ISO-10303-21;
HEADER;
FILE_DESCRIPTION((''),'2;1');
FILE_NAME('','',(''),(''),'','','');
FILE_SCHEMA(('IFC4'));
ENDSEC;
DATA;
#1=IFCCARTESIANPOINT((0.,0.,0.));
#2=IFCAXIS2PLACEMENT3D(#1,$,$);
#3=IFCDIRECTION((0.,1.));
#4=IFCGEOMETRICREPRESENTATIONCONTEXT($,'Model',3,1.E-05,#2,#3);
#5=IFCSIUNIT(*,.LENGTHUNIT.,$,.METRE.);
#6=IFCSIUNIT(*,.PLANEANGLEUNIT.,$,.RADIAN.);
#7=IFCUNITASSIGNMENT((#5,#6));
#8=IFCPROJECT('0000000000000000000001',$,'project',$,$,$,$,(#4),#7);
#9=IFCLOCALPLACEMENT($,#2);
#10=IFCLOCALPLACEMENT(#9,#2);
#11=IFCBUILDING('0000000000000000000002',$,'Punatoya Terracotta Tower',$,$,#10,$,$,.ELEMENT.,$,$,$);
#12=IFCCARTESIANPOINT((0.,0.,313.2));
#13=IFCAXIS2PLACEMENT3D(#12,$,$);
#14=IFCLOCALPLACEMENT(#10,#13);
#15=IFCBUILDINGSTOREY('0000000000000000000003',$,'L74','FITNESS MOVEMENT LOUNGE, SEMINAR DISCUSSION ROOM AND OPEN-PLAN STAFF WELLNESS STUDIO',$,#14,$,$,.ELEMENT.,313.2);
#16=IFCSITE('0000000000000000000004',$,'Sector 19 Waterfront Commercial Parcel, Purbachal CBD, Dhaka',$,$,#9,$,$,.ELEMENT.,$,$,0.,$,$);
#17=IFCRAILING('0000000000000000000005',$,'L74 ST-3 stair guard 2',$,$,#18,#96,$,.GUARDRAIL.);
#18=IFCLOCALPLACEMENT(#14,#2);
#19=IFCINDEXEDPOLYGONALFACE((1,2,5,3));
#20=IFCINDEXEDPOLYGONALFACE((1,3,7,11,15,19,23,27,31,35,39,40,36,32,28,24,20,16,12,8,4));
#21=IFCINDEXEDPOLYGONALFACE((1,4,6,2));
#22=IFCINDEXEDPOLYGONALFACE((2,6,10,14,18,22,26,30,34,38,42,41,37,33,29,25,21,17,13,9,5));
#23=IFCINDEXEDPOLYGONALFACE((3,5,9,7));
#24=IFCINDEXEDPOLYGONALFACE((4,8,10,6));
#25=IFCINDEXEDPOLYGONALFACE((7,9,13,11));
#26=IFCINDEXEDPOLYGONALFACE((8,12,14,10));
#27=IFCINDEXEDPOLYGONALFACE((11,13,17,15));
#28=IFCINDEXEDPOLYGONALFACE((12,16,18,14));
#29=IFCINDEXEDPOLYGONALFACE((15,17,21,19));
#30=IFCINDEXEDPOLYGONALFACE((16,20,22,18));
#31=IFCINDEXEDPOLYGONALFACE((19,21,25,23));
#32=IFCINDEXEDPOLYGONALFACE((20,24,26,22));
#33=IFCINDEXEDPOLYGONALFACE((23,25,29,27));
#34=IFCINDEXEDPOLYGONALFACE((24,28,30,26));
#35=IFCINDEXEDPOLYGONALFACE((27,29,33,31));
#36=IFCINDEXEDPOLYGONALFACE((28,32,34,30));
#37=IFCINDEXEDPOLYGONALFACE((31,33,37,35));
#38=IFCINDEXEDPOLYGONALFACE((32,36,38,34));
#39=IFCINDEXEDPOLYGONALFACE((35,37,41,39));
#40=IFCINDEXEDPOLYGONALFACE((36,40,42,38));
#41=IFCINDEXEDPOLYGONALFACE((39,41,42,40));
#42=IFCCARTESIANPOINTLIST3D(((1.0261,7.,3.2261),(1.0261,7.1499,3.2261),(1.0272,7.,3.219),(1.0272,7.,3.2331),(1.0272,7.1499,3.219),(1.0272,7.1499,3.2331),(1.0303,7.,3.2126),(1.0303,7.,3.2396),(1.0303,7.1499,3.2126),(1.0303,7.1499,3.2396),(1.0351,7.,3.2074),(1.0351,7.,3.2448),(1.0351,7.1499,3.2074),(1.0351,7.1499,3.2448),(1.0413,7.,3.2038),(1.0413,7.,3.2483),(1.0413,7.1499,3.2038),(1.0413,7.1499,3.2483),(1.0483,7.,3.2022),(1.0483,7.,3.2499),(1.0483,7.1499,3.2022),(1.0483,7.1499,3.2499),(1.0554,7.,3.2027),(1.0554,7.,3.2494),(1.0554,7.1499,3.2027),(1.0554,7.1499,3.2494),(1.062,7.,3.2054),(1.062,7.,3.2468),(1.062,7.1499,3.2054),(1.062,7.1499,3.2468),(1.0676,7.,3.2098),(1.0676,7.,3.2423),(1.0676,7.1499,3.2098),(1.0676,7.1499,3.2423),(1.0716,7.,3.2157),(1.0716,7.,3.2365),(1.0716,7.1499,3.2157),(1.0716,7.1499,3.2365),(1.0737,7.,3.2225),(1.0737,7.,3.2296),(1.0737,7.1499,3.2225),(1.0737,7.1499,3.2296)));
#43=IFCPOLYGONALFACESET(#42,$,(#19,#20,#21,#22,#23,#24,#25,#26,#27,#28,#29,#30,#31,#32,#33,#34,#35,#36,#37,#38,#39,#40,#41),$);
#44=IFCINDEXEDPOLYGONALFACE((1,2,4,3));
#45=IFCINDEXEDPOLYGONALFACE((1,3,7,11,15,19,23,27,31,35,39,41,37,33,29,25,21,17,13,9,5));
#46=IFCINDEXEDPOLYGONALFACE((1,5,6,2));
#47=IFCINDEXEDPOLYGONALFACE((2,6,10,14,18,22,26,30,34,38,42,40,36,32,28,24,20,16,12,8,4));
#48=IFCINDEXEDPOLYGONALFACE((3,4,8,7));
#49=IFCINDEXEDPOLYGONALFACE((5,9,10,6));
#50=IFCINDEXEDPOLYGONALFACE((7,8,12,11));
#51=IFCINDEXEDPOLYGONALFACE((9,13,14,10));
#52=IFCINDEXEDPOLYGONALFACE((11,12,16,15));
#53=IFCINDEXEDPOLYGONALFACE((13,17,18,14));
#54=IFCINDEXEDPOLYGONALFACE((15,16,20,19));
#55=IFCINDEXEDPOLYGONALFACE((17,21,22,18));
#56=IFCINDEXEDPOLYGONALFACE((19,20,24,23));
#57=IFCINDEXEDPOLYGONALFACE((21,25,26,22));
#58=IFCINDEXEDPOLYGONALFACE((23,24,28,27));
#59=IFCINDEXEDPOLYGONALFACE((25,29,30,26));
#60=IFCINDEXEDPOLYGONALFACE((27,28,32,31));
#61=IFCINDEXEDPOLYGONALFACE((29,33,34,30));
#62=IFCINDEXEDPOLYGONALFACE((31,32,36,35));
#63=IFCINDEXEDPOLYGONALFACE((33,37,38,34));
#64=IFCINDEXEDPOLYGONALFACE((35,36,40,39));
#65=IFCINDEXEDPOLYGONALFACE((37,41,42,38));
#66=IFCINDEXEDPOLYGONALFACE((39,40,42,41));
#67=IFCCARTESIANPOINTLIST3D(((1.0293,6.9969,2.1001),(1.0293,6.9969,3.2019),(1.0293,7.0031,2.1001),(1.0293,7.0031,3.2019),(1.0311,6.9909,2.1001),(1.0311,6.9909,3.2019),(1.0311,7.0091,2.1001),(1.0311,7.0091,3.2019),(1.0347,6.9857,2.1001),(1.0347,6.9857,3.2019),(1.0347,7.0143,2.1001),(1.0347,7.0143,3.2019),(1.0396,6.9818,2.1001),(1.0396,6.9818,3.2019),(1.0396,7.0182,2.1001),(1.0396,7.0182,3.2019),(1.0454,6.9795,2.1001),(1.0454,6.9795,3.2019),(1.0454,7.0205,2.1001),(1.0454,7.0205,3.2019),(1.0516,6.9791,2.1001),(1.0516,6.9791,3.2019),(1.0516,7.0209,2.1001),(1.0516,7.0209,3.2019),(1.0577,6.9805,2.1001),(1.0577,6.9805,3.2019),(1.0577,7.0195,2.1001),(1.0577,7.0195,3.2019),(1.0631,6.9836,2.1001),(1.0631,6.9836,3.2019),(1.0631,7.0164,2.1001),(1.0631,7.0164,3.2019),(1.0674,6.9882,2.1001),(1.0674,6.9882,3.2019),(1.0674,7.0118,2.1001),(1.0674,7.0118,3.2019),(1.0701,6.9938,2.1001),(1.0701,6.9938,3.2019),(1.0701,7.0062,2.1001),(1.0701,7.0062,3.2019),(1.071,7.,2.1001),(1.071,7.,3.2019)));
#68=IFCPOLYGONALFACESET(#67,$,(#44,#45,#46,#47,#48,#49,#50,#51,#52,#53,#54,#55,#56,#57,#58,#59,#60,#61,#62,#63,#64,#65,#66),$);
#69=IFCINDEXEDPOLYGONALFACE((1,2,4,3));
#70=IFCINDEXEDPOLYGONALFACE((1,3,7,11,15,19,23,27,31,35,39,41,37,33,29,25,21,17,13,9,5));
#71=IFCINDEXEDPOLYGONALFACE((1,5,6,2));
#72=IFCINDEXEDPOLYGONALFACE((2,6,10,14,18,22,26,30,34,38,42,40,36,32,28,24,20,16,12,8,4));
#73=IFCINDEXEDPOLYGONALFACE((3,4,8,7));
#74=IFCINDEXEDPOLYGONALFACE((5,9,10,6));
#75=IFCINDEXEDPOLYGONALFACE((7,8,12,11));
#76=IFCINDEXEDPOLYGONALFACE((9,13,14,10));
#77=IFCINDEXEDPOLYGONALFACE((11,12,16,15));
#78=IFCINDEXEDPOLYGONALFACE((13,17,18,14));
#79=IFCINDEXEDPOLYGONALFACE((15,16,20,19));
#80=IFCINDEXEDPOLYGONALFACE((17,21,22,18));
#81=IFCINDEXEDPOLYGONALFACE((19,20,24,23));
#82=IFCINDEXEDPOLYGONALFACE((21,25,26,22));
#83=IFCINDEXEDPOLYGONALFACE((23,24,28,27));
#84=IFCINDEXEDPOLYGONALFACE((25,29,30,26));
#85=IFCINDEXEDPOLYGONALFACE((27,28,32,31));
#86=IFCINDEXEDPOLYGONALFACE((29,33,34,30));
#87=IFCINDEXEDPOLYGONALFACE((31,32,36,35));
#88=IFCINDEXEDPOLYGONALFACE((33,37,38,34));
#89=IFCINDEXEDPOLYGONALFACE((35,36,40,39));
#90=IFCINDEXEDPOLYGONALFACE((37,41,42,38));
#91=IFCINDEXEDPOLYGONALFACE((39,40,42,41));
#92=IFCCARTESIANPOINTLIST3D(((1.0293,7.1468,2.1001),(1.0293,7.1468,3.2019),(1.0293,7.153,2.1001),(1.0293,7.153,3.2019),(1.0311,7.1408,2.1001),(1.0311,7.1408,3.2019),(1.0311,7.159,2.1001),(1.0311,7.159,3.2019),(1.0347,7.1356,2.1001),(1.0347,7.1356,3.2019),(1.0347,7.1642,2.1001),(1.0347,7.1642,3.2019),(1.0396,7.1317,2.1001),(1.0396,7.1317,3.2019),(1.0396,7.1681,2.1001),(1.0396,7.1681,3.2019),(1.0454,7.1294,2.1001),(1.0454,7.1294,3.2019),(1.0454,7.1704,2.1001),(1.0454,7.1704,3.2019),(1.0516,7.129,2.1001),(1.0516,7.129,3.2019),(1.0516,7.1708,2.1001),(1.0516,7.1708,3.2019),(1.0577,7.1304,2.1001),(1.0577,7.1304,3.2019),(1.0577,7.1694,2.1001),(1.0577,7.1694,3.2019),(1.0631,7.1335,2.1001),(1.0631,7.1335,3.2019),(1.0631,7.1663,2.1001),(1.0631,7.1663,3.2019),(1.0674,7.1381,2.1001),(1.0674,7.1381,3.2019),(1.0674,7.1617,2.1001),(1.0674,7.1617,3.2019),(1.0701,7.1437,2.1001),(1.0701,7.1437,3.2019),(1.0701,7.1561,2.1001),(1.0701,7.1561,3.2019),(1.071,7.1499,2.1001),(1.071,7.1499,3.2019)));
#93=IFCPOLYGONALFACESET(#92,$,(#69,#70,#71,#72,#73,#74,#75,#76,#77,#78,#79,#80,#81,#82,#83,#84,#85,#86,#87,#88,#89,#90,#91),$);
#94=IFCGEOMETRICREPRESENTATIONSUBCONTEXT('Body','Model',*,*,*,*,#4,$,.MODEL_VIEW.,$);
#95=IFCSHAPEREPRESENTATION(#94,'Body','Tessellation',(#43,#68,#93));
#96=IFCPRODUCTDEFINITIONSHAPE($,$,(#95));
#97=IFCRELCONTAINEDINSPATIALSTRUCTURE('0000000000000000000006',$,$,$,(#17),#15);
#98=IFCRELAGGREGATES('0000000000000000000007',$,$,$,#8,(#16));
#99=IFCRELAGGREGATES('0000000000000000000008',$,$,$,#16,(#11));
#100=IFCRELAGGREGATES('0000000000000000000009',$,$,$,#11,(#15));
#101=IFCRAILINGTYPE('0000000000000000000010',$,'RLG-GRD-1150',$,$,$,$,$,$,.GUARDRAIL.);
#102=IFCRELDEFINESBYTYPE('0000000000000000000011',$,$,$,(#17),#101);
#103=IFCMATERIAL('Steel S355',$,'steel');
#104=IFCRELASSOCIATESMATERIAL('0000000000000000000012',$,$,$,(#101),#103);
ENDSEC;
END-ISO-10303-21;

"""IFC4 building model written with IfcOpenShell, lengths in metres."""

from ifc_helpers import new_model, si_unit, direction, frame, origin, origin_2d, place, context, subcontext, project, spatial, circle, extrude, material, type_object, element, save


model = new_model("IFC4")

# Units and contexts
model_context = context("Model", 3, precision=1e-05, world=origin(), true_north=direction((0.0, 1.0)))
body_context = subcontext(model_context, "Body", "Model", "MODEL_VIEW")
ifc_project = project(units=[si_unit("LENGTHUNIT", "METRE"), si_unit("PLANEANGLEUNIT", "RADIAN")], contexts=[model_context])

# Site, building, storey
site_placement = place(None, origin())
site = spatial("IfcSite", under=ifc_project, at=site_placement, Name="Sector 19 Waterfront Commercial Parcel, Purbachal CBD, Dhaka", CompositionType="ELEMENT", RefElevation=0.0)
building_placement = place(site_placement, origin())
building = spatial("IfcBuilding", under=site, at=building_placement, Name="Punatoya Terracotta Tower", CompositionType="ELEMENT")
storey_placement = place(building_placement, frame((0.0, 0.0, 313.2)))
storey = spatial("IfcBuildingStorey", under=building, at=storey_placement, Name="L74", Description="FITNESS MOVEMENT LOUNGE, SEMINAR DISCUSSION ROOM AND OPEN-PLAN STAFF WELLNESS STUDIO", CompositionType="ELEMENT", Elevation=313.2)

# Shared definitions
ifc_material_1 = material(Name="Steel S355", Category="steel")

# Railing
railing_type_1 = type_object("IfcRailingType", Name="RLG-GRD-1150", PredefinedType="GUARDRAIL", material=ifc_material_1)
railing_1_placement = place(storey_placement, frame((1.05, 7.0, 2.1001)))
element("IfcRailing", 1, at=railing_1_placement, inside=storey, type_object=railing_type_1, Name="L74 ST-3 stair guard 2", PredefinedType="GUARDRAIL", context=body_context, shape_type="SweptSolid", body=[
    extrude(circle(Radius=0.0239, at=origin_2d()), frame((0.0, 0.0, 1.126), z_axis=(0.0, 1.0, 0.0), x_axis=(-1.0, 0.0, 0.0)), (0.0, 0.0, 1.0), 0.1499),
    extrude(circle(Radius=0.021, at=origin_2d()), origin(), (0.0, 0.0, 1.0), 1.1018),
    extrude(circle(Radius=0.021, at=origin_2d()), frame((0.0, 0.1499, 0.0)), (0.0, 0.0, 1.0), 1.1018),
])

save(model, "model.ifc")
